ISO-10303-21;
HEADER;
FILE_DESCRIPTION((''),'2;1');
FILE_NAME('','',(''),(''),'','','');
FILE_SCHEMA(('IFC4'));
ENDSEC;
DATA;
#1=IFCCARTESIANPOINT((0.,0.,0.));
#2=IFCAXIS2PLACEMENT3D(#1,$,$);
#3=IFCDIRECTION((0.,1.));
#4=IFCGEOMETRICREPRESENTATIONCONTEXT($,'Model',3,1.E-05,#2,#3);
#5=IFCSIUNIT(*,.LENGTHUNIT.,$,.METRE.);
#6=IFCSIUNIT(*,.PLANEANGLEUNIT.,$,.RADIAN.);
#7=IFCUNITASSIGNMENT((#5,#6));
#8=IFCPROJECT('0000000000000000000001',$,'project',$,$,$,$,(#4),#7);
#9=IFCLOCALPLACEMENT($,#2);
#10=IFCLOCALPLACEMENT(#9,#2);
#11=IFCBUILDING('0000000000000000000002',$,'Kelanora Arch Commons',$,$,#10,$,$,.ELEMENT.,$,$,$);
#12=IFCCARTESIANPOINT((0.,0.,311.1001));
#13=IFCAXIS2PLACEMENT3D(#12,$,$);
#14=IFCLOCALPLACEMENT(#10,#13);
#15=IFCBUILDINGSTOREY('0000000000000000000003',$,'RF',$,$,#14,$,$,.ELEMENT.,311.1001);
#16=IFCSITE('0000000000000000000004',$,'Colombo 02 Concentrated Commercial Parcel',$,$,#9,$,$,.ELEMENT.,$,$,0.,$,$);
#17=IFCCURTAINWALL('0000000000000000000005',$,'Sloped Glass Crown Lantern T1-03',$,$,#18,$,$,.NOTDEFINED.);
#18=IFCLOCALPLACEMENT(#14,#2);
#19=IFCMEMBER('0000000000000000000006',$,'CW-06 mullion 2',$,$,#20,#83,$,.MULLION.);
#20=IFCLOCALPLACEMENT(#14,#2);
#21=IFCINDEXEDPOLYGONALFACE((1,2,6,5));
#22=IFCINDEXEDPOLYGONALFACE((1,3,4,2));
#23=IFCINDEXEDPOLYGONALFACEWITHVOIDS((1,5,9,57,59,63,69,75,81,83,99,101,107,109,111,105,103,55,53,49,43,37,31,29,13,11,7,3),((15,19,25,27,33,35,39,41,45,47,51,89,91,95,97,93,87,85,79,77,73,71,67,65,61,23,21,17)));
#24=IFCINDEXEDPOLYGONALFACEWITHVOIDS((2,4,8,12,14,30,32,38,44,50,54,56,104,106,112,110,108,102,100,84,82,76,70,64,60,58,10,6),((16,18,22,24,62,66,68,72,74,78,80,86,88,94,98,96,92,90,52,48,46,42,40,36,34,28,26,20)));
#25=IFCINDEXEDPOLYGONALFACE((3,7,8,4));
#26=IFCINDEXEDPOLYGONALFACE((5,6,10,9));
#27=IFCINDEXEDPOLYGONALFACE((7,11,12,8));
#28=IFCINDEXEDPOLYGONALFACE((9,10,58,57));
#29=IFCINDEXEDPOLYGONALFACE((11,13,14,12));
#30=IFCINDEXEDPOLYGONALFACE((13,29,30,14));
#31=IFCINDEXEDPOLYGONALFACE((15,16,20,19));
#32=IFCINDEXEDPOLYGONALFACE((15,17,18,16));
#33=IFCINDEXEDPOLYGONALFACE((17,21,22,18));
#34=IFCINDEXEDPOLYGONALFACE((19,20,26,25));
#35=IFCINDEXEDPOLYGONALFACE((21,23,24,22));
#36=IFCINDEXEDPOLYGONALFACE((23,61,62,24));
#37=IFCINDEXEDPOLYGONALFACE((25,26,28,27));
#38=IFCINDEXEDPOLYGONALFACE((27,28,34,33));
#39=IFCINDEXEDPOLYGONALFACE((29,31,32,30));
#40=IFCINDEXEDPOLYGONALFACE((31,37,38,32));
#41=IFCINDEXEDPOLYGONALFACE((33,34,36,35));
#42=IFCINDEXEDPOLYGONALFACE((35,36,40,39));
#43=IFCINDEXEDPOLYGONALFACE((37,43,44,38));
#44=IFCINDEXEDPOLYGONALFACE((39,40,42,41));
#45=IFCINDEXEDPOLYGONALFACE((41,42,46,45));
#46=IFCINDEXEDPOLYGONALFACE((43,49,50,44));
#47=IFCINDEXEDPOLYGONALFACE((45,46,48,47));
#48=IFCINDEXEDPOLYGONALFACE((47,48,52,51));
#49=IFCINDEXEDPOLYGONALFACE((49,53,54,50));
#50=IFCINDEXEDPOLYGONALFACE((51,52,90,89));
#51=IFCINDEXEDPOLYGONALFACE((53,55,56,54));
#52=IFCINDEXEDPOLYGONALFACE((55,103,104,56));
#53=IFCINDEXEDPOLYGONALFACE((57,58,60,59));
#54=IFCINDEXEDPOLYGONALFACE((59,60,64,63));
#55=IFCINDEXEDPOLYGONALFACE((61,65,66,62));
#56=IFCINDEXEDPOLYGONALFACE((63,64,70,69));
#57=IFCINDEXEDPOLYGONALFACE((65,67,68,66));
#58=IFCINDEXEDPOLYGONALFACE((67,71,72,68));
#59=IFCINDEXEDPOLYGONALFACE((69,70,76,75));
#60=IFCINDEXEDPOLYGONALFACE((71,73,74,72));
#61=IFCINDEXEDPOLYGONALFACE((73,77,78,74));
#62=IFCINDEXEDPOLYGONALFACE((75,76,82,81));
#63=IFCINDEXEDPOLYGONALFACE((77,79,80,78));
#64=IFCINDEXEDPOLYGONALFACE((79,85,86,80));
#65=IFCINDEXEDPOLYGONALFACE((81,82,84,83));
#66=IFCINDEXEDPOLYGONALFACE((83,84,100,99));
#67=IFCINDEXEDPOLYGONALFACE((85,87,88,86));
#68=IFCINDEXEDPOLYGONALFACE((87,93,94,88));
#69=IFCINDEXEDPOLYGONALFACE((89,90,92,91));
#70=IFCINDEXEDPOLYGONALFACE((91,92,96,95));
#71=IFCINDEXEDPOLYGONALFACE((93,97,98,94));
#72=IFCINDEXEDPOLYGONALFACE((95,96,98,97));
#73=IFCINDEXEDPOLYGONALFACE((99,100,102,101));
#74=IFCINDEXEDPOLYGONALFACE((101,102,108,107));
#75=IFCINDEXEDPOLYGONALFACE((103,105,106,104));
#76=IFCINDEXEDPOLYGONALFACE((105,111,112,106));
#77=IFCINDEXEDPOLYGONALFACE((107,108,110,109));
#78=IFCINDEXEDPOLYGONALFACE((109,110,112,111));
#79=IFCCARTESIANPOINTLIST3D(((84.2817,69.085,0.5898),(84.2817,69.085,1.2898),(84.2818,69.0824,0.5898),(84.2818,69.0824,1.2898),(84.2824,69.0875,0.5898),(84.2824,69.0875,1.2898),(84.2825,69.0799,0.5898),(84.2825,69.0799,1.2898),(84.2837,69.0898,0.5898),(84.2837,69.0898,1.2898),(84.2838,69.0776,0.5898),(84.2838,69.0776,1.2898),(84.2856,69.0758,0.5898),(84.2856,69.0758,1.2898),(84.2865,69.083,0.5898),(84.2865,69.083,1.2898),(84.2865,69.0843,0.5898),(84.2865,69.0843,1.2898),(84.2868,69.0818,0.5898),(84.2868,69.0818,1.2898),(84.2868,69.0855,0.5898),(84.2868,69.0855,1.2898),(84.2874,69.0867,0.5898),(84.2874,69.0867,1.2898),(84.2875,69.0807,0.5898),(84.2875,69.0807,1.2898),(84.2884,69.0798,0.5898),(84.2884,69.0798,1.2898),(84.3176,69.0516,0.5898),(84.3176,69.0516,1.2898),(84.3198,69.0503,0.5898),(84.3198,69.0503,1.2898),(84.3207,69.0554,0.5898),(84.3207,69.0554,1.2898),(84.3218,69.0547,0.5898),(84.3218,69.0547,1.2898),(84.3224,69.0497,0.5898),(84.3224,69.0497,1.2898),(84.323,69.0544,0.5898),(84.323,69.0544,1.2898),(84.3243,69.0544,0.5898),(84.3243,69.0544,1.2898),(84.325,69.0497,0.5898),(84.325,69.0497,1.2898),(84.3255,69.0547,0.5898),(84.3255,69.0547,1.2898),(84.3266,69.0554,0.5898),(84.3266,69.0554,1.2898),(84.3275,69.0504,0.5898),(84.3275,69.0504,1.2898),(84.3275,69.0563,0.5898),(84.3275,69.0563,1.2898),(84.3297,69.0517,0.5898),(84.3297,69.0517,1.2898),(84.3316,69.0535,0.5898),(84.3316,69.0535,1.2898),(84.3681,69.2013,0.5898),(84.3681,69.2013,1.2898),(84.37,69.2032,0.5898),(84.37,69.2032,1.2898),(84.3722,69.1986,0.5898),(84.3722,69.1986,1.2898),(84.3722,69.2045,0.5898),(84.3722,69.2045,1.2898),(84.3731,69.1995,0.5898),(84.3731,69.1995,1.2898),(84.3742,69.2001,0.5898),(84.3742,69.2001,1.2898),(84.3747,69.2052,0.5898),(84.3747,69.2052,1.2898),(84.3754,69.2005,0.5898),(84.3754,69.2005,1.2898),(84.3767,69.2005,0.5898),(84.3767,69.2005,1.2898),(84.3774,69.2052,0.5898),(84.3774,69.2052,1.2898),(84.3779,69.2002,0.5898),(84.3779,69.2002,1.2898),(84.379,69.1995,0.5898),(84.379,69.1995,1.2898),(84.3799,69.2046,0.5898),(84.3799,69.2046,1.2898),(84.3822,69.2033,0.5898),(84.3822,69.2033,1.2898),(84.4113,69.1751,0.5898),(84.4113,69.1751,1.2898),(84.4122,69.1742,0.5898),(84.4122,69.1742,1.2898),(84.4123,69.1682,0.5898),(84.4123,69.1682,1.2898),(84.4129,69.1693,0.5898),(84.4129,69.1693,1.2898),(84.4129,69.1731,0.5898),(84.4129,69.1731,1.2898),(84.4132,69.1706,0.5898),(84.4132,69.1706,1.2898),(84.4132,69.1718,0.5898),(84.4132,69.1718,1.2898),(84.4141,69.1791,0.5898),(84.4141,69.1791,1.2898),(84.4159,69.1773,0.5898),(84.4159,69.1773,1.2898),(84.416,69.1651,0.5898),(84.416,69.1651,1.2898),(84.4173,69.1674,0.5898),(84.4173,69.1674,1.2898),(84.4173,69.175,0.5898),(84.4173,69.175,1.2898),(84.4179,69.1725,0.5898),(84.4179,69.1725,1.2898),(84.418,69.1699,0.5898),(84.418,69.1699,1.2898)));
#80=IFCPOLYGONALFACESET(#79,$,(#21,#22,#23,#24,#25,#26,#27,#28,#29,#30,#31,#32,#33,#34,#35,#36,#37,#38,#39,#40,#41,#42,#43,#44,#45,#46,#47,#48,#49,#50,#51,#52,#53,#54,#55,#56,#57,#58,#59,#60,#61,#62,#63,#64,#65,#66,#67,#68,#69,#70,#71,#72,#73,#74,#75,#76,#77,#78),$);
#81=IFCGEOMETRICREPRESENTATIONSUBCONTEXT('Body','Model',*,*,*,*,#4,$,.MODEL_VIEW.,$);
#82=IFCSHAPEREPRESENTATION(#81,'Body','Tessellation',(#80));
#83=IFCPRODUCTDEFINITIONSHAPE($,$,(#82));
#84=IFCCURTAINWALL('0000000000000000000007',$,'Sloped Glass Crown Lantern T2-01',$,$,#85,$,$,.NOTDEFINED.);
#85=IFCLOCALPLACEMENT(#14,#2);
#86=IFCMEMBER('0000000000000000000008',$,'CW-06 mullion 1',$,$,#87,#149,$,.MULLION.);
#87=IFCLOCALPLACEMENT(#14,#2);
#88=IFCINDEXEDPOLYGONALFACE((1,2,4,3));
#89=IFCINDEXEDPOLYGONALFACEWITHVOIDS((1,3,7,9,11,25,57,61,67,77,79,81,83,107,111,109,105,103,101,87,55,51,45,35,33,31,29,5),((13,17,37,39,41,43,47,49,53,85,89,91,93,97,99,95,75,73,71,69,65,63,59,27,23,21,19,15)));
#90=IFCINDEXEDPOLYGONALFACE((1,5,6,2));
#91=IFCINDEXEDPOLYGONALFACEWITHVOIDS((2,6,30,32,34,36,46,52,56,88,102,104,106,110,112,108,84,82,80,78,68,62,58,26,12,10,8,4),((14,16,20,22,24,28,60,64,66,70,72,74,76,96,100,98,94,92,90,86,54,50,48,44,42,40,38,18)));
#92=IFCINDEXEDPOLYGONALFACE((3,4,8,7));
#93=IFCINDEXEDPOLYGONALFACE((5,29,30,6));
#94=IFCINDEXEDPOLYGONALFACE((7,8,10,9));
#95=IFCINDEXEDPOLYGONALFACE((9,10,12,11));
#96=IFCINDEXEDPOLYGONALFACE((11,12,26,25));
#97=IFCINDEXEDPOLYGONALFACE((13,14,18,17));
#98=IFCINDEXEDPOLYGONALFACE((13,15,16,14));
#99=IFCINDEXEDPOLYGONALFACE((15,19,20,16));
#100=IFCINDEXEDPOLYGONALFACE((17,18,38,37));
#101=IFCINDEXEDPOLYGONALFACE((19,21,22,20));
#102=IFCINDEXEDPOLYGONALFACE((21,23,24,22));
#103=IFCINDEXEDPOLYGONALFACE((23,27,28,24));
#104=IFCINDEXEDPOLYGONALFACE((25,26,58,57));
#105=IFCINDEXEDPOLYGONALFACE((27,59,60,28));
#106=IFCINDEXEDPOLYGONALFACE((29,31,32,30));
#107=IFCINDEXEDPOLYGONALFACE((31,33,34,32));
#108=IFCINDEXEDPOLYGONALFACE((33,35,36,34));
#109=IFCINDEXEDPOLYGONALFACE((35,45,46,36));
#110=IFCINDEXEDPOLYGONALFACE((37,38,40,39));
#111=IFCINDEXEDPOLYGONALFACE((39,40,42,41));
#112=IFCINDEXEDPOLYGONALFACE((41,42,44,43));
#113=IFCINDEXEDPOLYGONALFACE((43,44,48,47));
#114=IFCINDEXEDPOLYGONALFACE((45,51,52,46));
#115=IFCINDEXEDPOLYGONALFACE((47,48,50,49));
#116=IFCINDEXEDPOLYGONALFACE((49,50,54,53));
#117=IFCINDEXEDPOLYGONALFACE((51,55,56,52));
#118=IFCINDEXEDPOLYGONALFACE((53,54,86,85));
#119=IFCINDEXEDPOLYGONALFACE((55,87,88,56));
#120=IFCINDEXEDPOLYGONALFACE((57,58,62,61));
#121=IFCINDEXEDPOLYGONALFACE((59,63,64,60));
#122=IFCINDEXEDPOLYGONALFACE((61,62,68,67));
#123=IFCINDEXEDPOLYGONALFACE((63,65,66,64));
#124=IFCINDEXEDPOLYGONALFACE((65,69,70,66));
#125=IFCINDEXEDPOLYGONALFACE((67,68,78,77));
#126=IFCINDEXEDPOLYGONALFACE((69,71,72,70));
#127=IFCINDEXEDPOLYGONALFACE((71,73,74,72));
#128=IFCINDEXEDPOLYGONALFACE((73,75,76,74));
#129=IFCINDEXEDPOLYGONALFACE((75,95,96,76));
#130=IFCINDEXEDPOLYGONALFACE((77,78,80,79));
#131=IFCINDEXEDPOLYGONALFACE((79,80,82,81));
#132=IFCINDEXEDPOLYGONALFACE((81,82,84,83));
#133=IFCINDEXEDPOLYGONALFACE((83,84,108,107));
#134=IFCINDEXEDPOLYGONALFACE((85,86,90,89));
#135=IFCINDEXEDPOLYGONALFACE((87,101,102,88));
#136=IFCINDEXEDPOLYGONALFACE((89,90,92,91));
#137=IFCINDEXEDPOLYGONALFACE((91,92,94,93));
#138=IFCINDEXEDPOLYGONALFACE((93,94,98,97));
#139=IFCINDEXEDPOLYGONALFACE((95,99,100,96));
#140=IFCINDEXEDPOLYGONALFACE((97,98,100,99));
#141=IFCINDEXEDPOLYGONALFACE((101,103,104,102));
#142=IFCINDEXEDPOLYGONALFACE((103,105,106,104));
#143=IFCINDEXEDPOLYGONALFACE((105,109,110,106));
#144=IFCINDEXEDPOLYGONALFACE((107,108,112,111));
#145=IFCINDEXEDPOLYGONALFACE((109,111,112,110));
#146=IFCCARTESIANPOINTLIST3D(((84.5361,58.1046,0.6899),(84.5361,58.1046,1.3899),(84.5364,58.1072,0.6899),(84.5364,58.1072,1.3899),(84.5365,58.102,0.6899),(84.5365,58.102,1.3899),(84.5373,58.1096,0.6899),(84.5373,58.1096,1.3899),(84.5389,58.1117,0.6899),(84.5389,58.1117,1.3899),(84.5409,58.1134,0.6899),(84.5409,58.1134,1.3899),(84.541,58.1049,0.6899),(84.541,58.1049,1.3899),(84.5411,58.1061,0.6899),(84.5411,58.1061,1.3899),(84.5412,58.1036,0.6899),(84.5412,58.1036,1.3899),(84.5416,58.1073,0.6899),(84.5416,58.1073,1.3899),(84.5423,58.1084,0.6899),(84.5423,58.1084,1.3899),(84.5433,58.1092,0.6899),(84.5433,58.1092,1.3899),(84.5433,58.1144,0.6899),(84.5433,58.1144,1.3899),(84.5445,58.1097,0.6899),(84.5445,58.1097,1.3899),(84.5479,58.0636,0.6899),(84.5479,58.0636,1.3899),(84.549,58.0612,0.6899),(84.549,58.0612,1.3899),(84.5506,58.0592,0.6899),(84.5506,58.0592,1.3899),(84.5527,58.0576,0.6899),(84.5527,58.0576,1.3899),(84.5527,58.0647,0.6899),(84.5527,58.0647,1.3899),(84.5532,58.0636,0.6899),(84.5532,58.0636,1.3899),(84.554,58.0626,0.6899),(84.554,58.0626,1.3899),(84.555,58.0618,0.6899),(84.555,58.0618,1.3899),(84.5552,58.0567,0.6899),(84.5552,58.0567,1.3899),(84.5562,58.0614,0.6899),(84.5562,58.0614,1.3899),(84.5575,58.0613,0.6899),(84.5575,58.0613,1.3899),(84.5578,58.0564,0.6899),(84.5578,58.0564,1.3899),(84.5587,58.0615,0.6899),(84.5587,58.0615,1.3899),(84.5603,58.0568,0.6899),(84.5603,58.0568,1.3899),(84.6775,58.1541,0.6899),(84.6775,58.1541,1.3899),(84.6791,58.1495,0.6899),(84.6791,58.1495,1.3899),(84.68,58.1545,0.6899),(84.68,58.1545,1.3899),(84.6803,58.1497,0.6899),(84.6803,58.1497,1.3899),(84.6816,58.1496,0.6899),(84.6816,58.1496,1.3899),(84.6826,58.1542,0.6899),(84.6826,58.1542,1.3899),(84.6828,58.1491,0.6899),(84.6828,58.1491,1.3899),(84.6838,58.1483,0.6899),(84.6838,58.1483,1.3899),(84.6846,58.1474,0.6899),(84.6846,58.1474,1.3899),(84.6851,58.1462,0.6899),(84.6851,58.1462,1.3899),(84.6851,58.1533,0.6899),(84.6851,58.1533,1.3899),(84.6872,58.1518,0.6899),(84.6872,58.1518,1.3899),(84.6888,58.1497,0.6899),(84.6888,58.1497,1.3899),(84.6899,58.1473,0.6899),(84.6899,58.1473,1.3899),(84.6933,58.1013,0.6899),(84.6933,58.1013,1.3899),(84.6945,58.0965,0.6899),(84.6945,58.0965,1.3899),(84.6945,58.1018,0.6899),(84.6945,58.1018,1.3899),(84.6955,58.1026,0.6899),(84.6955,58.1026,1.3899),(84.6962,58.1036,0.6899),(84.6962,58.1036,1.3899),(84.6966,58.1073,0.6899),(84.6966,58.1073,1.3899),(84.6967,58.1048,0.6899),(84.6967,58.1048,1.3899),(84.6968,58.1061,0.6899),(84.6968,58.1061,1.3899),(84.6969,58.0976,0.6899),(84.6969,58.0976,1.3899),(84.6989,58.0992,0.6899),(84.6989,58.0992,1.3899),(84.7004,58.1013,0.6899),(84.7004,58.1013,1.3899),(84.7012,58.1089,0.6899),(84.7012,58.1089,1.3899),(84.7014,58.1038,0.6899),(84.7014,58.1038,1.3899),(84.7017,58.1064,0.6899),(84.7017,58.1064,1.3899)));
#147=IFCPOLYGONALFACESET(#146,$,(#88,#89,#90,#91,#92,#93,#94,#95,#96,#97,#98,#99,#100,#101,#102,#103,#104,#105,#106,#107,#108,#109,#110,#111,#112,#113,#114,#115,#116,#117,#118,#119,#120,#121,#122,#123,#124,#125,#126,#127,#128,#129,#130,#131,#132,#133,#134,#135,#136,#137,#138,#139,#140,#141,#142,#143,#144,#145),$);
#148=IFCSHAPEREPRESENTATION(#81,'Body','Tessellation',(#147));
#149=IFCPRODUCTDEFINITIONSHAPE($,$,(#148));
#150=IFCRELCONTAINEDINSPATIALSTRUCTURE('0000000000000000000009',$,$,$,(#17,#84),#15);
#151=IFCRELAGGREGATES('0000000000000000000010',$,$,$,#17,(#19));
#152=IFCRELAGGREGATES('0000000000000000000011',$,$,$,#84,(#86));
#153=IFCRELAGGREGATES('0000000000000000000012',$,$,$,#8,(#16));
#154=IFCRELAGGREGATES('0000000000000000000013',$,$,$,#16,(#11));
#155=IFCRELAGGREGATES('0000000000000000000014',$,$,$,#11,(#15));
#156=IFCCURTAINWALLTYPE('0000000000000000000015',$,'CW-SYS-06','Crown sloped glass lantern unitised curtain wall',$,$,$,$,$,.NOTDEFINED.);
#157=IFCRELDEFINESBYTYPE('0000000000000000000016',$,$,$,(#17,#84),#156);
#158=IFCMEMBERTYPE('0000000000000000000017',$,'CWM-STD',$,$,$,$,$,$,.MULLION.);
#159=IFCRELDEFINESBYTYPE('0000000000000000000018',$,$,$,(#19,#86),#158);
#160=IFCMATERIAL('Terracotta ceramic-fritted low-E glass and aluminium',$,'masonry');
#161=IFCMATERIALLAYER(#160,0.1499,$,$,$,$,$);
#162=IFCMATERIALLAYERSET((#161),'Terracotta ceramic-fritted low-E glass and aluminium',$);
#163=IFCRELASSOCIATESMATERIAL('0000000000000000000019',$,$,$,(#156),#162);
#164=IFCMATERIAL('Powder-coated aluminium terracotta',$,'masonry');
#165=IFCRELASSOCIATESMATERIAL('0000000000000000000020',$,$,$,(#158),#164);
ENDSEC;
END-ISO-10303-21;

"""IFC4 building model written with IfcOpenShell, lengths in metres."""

from ifc_helpers import new_model, si_unit, direction, frame, origin, origin_2d, place, context, subcontext, project, spatial, hollow_rectangle, extrude, material, layer, layer_set, material_profile, profile_set, type_object, element, aggregate, save


model = new_model("IFC4")

# Units and contexts
model_context = context("Model", 3, precision=1e-05, world=origin(), true_north=direction((0.0, 1.0)))
body_context = subcontext(model_context, "Body", "Model", "MODEL_VIEW")
ifc_project = project(units=[si_unit("LENGTHUNIT", "METRE"), si_unit("PLANEANGLEUNIT", "RADIAN")], contexts=[model_context])

# Site, building, storey
site_placement = place(None, origin())
site = spatial("IfcSite", under=ifc_project, at=site_placement, Name="Colombo 02 Concentrated Commercial Parcel", CompositionType="ELEMENT", RefElevation=0.0)
building_placement = place(site_placement, origin())
building = spatial("IfcBuilding", under=site, at=building_placement, Name="Kelanora Arch Commons", CompositionType="ELEMENT")
storey_placement = place(building_placement, frame((0.0, 0.0, 311.1001)))
storey = spatial("IfcBuildingStorey", under=building, at=storey_placement, Name="RF", CompositionType="ELEMENT", Elevation=311.1001)

# Curtain walls, members
ifc_material_1 = material(Name="Terracotta ceramic-fritted low-E glass and aluminium", Category="masonry")
ifc_layer_1 = layer(ifc_material_1, 0.1499)
ifc_layer_set_1 = layer_set([ifc_layer_1], Name="Terracotta ceramic-fritted low-E glass and aluminium")
curtain_wall_type = type_object("IfcCurtainWallType", Name="CW-SYS-06", Description="Crown sloped glass lantern unitised curtain wall", PredefinedType="NOTDEFINED", material=ifc_layer_set_1)
ifc_material_2 = material(Name="Powder-coated aluminium terracotta", Category="masonry")
ifc_material_profile_1 = material_profile(ifc_material_2, hollow_rectangle(XDim=0.1599, YDim=0.0601, WallThickness=0.0049, InnerFilletRadius=0.0049, OuterFilletRadius=0.01, at=origin_2d()), Name="CWM160x60")
ifc_profile_set_1 = profile_set([ifc_material_profile_1], Name="Powder-coated aluminium terracotta")
member_type_1 = type_object("IfcMemberType", Name="CWM-STD", PredefinedType="MULLION", material=ifc_profile_set_1)
curtain_wall_1_placement = place(storey_placement, origin())
curtain_wall_1 = element("IfcCurtainWall", 1, at=curtain_wall_1_placement, inside=storey, type_object=curtain_wall_type, Name="Sloped Glass Crown Lantern T1-03", PredefinedType="NOTDEFINED")
member_1_placement = place(storey_placement, frame((84.3499, 69.1274, 0.5898), z_axis=(0.0, 0.0, 1.0), x_axis=(-0.603568, -0.797311, 0.0)))
member_1 = element("IfcMember", 2, at=member_1_placement, type_object=member_type_1, Name="CW-06 mullion 2", PredefinedType="MULLION", context=body_context, shape_type="SweptSolid", body=[
    extrude(hollow_rectangle(XDim=0.1599, YDim=0.0601, WallThickness=0.0049, InnerFilletRadius=0.0049, OuterFilletRadius=0.01, at=origin_2d()), origin(), (0.0, 0.0, 1.0), 0.7),
])
curtain_wall_2_placement = place(storey_placement, origin())
curtain_wall_2 = element("IfcCurtainWall", 3, at=curtain_wall_2_placement, inside=storey, type_object=curtain_wall_type, Name="Sloped Glass Crown Lantern T2-01", PredefinedType="NOTDEFINED")
member_2_placement = place(storey_placement, frame((84.6189, 58.1055, 0.6899), z_axis=(0.0, 0.0, 1.0), x_axis=(-0.958953, -0.283564, 0.0)))
member_2 = element("IfcMember", 4, at=member_2_placement, type_object=member_type_1, Name="CW-06 mullion 1", PredefinedType="MULLION", context=body_context, shape_type="SweptSolid", body=[
    extrude(hollow_rectangle(XDim=0.1599, YDim=0.0601, WallThickness=0.0049, InnerFilletRadius=0.0049, OuterFilletRadius=0.01, at=origin_2d()), origin(), (0.0, 0.0, 1.0), 0.7),
])

aggregate(curtain_wall_1, [member_1])
aggregate(curtain_wall_2, [member_2])

save(model, "model.ifc")
